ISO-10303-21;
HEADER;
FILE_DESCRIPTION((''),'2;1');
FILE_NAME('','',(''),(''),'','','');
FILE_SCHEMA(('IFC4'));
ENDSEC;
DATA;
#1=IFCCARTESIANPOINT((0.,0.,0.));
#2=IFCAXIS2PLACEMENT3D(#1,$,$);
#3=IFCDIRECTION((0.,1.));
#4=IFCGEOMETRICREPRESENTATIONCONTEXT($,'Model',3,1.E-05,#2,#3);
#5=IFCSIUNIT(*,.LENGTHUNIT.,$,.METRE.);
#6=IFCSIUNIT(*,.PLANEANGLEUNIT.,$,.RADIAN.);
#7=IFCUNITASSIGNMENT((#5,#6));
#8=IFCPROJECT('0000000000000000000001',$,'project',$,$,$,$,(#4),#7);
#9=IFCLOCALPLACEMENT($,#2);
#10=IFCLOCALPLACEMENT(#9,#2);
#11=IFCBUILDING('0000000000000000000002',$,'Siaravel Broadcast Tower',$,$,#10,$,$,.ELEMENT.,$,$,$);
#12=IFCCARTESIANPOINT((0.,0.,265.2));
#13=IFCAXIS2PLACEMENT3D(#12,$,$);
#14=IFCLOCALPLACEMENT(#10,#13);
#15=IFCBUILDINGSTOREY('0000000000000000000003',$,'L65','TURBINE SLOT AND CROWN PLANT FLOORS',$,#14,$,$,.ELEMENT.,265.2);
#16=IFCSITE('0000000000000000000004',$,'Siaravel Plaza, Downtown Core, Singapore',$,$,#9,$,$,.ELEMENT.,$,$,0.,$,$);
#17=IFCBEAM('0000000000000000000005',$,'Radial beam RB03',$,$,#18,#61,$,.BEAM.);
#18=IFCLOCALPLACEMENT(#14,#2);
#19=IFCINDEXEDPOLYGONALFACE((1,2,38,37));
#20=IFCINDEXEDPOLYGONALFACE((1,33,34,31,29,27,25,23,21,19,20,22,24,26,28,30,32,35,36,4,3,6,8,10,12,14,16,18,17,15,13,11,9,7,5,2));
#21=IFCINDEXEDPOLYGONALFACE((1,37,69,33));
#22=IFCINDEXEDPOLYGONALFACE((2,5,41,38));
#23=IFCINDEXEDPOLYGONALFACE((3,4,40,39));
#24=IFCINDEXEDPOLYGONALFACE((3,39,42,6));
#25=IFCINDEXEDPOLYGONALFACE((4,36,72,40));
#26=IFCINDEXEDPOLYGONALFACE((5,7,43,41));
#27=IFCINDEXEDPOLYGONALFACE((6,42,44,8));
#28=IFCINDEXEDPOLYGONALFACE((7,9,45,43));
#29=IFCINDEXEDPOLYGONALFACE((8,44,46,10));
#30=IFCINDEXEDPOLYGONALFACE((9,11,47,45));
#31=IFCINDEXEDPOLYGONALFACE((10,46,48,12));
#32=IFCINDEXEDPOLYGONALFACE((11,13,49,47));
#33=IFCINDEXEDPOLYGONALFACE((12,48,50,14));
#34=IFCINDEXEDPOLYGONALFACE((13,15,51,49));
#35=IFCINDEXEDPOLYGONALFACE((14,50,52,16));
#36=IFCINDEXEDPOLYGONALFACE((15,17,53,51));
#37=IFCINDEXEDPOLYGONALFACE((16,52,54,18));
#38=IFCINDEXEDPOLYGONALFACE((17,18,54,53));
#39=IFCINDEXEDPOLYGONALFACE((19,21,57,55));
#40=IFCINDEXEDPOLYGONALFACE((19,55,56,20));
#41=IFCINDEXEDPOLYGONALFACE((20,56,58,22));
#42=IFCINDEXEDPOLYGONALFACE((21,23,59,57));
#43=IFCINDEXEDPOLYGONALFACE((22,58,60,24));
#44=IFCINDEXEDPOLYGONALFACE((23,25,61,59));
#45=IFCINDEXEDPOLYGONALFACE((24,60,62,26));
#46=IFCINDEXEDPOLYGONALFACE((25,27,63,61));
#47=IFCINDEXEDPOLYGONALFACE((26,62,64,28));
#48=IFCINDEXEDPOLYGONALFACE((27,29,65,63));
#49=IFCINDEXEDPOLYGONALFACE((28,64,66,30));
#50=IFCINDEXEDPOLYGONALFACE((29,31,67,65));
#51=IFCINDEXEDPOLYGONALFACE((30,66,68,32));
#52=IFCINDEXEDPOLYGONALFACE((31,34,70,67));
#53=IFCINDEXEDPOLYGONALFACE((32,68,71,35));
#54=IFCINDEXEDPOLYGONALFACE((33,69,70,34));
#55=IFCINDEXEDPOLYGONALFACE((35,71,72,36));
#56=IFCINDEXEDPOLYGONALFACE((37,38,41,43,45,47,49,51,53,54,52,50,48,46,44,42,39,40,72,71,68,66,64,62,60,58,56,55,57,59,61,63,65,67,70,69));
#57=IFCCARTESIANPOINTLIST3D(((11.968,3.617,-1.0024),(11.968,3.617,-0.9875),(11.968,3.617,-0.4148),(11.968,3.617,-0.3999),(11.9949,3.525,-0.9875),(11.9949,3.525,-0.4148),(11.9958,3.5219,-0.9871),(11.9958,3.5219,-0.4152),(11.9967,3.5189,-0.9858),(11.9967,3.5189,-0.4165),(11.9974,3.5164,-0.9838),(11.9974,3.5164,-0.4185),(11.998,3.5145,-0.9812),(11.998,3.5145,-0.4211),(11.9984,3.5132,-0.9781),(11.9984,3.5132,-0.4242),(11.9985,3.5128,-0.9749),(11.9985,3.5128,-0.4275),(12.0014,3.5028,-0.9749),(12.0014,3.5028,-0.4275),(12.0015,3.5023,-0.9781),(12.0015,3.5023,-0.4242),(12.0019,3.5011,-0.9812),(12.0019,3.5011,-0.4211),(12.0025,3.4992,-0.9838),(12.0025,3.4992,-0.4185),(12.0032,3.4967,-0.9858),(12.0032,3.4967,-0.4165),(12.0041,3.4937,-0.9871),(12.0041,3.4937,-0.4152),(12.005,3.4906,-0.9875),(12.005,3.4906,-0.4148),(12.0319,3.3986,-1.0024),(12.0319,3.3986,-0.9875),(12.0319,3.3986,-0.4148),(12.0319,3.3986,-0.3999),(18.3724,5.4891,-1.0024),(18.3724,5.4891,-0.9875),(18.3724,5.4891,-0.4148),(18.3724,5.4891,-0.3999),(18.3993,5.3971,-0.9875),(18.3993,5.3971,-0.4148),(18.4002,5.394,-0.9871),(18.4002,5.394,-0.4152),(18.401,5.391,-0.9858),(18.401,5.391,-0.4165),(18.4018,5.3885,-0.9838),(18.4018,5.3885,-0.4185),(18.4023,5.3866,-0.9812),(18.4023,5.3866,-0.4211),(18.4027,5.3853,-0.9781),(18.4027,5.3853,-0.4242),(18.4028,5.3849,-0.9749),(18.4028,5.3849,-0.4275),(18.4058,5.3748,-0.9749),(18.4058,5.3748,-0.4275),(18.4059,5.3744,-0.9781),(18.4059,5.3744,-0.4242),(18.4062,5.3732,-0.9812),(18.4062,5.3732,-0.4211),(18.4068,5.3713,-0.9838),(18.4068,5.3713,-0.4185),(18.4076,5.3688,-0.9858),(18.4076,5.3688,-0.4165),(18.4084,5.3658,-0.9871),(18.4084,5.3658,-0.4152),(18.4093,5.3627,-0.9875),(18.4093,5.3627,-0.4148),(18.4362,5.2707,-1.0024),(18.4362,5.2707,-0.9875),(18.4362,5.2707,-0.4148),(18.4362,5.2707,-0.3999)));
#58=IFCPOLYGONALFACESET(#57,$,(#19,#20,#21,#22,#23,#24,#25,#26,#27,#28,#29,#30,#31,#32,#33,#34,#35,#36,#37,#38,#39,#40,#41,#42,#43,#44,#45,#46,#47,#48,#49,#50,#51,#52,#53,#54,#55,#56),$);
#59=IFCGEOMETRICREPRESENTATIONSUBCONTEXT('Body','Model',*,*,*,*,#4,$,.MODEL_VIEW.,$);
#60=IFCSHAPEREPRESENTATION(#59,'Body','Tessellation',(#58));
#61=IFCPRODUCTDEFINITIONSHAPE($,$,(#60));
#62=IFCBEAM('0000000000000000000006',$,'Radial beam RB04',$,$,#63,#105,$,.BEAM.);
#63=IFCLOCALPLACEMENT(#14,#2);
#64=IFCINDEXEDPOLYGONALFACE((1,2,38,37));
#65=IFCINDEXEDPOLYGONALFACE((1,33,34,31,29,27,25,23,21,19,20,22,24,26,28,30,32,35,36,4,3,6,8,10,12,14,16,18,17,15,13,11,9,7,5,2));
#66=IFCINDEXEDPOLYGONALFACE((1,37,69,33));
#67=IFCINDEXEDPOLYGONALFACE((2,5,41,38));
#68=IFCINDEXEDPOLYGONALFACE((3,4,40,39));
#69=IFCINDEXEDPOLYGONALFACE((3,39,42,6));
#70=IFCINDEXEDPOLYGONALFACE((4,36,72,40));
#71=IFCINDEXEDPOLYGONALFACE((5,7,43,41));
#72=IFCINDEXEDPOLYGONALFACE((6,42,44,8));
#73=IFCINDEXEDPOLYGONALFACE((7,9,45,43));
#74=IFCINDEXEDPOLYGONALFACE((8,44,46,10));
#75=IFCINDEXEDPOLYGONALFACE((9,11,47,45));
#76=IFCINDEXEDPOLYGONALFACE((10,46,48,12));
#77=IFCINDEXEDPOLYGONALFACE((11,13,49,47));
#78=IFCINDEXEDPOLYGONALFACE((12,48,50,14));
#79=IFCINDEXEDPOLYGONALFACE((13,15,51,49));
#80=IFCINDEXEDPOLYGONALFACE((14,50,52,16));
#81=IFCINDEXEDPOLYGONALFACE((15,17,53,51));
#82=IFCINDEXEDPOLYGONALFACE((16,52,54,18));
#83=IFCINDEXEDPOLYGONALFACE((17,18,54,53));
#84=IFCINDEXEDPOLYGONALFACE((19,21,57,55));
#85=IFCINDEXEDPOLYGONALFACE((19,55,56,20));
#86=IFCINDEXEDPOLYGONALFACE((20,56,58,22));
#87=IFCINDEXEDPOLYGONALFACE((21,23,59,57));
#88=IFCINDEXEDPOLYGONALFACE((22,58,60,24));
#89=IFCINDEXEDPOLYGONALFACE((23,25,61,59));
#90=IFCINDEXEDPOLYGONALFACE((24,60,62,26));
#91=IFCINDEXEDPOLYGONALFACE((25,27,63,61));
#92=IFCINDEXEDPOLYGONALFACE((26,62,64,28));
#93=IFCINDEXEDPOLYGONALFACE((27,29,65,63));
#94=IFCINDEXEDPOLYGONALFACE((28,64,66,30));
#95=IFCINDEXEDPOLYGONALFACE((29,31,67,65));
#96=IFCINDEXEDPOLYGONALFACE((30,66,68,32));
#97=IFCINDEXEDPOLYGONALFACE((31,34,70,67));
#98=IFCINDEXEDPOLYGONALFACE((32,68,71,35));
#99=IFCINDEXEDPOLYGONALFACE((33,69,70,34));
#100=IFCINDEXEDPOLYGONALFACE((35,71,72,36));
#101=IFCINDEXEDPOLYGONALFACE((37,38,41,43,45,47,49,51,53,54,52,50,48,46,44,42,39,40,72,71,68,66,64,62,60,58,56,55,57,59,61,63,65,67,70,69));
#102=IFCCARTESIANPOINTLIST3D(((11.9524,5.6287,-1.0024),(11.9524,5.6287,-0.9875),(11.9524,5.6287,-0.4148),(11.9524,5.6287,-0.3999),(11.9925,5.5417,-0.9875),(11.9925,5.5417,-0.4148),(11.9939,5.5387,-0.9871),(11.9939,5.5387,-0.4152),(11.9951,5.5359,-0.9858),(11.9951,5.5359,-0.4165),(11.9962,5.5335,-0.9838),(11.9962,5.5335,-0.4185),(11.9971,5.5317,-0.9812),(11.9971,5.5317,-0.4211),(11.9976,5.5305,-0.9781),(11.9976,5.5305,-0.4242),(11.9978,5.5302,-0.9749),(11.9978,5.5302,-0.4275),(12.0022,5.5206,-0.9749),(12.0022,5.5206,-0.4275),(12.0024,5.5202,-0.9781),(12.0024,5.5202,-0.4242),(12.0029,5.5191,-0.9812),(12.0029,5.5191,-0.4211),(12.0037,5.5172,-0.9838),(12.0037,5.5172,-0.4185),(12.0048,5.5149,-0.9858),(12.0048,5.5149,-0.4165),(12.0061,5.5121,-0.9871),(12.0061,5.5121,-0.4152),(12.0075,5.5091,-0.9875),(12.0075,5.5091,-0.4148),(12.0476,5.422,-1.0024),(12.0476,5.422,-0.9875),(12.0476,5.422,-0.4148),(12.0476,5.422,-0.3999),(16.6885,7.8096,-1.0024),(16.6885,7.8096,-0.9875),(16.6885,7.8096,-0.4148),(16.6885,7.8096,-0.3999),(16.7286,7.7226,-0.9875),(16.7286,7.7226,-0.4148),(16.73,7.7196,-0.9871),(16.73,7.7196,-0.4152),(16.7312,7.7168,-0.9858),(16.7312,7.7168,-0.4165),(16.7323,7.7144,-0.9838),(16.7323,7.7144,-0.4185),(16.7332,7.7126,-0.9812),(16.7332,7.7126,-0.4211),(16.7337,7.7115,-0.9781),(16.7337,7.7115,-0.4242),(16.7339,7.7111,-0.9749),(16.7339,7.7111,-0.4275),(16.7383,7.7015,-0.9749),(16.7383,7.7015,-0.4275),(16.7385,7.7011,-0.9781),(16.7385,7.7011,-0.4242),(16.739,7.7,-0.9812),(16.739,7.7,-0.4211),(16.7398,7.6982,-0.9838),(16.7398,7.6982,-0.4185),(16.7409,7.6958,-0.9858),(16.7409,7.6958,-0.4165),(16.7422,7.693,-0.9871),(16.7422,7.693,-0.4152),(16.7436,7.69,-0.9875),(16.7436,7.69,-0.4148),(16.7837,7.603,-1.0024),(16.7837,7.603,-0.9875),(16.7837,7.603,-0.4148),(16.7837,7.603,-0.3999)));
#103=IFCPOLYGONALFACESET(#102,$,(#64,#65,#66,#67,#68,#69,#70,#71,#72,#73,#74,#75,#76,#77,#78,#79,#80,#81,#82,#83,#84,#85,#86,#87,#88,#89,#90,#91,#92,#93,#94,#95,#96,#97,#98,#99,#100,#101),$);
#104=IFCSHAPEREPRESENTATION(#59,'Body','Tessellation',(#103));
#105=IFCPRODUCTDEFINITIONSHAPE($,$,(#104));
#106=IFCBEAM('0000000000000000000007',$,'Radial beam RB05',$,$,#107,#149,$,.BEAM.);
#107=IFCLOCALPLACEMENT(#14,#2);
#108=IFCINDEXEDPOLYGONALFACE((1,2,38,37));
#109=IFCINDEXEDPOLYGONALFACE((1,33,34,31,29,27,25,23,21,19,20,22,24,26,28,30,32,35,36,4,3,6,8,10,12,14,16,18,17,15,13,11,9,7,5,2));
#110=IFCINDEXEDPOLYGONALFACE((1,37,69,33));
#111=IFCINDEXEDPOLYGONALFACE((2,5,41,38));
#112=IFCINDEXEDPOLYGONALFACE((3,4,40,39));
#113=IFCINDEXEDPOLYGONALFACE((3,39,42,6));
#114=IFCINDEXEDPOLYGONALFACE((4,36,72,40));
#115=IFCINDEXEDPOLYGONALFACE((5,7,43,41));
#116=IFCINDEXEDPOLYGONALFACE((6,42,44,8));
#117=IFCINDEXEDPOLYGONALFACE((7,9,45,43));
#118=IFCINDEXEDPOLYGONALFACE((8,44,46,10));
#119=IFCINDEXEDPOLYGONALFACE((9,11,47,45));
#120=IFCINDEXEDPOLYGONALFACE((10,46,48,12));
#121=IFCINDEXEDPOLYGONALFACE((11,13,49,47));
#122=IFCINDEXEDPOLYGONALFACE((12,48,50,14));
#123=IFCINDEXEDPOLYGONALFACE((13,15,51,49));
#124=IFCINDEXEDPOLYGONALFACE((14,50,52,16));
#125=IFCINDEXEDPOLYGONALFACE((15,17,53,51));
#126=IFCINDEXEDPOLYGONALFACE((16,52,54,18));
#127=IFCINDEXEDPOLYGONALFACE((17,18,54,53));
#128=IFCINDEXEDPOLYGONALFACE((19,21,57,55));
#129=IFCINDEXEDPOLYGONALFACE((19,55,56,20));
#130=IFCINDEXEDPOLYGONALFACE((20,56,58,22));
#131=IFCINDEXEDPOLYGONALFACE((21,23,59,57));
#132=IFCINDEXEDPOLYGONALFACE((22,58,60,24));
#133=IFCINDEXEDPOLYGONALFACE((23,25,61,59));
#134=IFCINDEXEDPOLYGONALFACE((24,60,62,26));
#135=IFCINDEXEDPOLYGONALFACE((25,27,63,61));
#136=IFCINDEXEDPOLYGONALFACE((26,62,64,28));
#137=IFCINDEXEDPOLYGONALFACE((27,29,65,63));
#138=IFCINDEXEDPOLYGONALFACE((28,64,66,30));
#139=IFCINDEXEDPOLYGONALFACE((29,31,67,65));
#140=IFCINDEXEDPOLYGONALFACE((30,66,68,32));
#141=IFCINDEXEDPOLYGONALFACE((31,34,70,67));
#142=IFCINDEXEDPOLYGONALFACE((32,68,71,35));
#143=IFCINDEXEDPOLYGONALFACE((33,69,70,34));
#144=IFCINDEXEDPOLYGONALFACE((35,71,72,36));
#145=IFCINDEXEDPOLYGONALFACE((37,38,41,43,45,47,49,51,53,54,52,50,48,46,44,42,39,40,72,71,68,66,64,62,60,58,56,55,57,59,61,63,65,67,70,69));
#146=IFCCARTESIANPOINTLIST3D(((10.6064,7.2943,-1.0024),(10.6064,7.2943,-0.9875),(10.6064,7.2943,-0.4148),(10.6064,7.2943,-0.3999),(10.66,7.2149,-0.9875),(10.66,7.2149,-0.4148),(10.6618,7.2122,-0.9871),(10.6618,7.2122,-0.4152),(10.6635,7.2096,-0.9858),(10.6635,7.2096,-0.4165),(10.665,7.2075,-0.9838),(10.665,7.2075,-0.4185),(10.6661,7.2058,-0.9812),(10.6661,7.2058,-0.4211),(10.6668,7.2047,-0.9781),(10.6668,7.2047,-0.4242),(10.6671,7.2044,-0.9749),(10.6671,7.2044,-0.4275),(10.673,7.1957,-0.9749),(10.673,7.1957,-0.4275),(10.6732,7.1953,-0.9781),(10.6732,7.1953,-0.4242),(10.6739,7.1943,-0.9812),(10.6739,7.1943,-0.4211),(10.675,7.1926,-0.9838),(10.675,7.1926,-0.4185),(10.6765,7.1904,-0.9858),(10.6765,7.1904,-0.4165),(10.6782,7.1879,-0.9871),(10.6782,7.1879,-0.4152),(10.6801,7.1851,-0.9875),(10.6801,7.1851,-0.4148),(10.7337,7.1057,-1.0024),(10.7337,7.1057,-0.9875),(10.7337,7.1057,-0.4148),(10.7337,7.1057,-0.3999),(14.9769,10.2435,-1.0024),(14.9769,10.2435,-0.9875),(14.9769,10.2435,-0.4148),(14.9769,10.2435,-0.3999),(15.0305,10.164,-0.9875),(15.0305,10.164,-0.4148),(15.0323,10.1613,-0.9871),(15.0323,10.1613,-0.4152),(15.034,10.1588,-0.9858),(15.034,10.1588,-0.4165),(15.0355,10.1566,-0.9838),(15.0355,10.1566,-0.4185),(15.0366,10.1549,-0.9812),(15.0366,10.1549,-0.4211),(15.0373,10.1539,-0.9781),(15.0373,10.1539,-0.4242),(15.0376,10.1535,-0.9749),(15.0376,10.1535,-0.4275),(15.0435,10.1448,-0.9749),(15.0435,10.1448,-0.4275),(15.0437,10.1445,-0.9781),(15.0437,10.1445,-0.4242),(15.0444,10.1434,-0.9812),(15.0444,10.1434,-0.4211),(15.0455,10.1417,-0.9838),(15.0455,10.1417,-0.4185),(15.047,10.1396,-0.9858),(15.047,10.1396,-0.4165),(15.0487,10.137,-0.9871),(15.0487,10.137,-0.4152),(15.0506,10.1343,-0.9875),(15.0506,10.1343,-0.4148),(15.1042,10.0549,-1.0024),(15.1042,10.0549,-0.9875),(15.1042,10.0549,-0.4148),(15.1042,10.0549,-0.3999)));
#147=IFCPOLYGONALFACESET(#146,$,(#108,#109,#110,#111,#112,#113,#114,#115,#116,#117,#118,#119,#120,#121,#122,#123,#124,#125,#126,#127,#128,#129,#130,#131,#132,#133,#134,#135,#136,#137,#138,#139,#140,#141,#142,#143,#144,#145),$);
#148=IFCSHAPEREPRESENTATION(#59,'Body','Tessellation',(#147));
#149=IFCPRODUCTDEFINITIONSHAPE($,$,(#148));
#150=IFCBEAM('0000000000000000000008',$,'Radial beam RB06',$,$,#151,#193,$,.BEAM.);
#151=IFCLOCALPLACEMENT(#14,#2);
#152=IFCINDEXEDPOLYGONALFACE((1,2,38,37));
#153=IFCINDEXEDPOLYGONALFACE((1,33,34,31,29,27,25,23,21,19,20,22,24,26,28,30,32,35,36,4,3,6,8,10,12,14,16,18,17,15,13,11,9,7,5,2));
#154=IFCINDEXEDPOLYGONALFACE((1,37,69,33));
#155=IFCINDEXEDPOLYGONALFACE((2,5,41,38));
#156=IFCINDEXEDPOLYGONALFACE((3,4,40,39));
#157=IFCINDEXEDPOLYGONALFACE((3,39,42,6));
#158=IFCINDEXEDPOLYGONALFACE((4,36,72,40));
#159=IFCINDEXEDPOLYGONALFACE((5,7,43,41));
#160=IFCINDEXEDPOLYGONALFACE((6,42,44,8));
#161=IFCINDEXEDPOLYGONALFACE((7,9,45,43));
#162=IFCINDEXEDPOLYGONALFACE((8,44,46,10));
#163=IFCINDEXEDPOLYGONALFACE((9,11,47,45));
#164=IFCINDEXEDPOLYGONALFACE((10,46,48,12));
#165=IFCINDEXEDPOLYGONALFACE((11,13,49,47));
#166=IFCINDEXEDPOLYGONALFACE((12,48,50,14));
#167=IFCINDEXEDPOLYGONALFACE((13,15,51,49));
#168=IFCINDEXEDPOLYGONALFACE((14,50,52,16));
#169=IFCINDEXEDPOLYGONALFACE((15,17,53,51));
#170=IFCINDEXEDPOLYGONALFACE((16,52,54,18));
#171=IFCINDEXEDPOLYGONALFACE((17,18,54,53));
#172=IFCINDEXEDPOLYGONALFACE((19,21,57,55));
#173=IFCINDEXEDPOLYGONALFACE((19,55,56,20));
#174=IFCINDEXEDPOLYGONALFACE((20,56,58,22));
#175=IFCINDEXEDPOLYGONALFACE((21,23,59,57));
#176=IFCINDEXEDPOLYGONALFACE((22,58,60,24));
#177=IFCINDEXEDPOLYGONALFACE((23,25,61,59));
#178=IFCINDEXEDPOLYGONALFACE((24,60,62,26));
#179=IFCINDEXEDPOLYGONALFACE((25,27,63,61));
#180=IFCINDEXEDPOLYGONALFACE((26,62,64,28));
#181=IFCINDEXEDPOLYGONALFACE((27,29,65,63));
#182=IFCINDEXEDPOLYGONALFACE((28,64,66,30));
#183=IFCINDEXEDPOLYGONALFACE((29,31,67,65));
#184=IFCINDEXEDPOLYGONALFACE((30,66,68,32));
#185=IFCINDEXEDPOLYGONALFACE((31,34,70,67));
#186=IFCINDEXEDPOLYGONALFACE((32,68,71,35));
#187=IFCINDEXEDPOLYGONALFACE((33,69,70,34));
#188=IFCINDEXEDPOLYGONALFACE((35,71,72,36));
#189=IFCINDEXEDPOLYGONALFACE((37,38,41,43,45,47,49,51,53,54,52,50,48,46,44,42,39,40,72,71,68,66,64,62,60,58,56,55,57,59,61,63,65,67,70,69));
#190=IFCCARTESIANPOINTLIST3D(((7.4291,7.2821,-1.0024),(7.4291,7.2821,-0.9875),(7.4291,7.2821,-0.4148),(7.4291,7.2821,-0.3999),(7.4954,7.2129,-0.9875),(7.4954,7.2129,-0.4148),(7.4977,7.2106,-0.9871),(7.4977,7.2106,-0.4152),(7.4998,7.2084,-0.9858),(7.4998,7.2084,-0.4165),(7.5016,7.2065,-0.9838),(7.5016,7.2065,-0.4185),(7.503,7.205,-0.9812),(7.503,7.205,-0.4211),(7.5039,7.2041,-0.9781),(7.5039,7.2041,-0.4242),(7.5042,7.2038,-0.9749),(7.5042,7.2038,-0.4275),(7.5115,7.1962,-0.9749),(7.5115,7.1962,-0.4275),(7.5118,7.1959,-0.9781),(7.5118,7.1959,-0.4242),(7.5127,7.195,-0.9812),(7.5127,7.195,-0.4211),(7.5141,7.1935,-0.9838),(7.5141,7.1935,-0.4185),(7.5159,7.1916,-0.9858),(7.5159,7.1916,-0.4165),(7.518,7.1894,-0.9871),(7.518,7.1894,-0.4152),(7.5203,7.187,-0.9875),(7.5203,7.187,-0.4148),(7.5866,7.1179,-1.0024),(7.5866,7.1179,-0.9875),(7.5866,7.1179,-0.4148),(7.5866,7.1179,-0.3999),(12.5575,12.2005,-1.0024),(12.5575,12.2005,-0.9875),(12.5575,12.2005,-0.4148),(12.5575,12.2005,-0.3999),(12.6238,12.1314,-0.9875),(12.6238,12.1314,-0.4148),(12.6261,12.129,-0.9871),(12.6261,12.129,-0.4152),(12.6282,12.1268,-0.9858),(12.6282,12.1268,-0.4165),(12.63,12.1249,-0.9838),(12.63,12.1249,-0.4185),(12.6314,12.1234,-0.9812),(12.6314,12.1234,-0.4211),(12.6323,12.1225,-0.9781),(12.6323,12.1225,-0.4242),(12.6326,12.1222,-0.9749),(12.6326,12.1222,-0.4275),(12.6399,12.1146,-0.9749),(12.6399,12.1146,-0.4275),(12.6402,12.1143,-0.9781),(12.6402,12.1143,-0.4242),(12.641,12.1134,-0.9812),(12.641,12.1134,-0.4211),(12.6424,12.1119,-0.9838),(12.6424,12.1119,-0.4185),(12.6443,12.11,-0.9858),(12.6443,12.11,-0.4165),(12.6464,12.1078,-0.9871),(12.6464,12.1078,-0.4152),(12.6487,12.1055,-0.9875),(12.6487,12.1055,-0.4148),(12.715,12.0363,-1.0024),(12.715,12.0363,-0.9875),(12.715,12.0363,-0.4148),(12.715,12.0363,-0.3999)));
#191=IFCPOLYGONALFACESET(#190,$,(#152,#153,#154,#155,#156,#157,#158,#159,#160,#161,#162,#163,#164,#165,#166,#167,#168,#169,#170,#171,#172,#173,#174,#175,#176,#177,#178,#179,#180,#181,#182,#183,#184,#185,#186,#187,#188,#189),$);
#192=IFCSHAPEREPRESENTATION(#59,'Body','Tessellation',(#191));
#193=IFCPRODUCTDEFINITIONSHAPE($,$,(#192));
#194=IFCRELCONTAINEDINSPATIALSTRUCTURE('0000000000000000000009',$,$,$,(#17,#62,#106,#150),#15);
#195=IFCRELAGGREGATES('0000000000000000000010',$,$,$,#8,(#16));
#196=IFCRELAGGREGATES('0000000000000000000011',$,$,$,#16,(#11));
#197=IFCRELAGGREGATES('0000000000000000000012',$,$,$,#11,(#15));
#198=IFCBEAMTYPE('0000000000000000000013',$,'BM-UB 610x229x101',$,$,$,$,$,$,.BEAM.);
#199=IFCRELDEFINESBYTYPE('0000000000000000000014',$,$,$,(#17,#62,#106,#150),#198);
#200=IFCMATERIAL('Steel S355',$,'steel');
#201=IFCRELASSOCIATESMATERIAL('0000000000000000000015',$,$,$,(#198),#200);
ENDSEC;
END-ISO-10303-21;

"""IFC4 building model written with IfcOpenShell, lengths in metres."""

from ifc_helpers import new_model, si_unit, direction, frame, origin, origin_2d, place, context, subcontext, project, spatial, i_section, extrude, material, material_profile, profile_set, type_object, element, save


model = new_model("IFC4")

# Units and contexts
model_context = context("Model", 3, precision=1e-05, world=origin(), true_north=direction((0.0, 1.0)))
body_context = subcontext(model_context, "Body", "Model", "MODEL_VIEW")
ifc_project = project(units=[si_unit("LENGTHUNIT", "METRE"), si_unit("PLANEANGLEUNIT", "RADIAN")], contexts=[model_context])

# Site, building, storey
site_placement = place(None, origin())
site = spatial("IfcSite", under=ifc_project, at=site_placement, Name="Siaravel Plaza, Downtown Core, Singapore", CompositionType="ELEMENT", RefElevation=0.0)
building_placement = place(site_placement, origin())
building = spatial("IfcBuilding", under=site, at=building_placement, Name="Siaravel Broadcast Tower", CompositionType="ELEMENT")
storey_placement = place(building_placement, frame((0.0, 0.0, 265.2)))
storey = spatial("IfcBuildingStorey", under=building, at=storey_placement, Name="L65", Description="TURBINE SLOT AND CROWN PLANT FLOORS", CompositionType="ELEMENT", Elevation=265.2)

# Beams
ifc_material_1 = material(Name="Steel S355", Category="steel")
ifc_material_profile_1 = material_profile(ifc_material_1, i_section(OverallWidth=0.2275, OverallDepth=0.6025, WebThickness=0.0105, FlangeThickness=0.0149, FilletRadius=0.0127, at=origin_2d()))
ifc_profile_set_1 = profile_set([ifc_material_profile_1], Name="Steel S355")
beam_type_1 = type_object("IfcBeamType", Name="BM-UB 610x229x101", PredefinedType="BEAM", material=ifc_profile_set_1)
beam_1_placement = place(storey_placement, frame((18.4043, 5.3799, -0.7012), z_axis=(-0.959833, -0.280573, 0.0), x_axis=(0.280573, -0.959833, 0.0)))
element("IfcBeam", 1, at=beam_1_placement, inside=storey, type_object=beam_type_1, Name="Radial beam RB03", PredefinedType="BEAM", context=body_context, shape_type="SweptSolid", body=[
    extrude(i_section(OverallWidth=0.2275, OverallDepth=0.6025, WebThickness=0.0105, FlangeThickness=0.0149, FilletRadius=0.0127, at=origin_2d()), origin(), (0.0, 0.0, 1.0), 6.6724),
])
beam_2_placement = place(storey_placement, frame((16.7361, 7.7063, -0.7012), z_axis=(-0.908322, -0.418271, 0.0), x_axis=(0.418271, -0.908322, 0.0)))
element("IfcBeam", 2, at=beam_2_placement, inside=storey, type_object=beam_type_1, Name="Radial beam RB04", PredefinedType="BEAM", context=body_context, shape_type="SweptSolid", body=[
    extrude(i_section(OverallWidth=0.2275, OverallDepth=0.6025, WebThickness=0.0105, FlangeThickness=0.0149, FilletRadius=0.0127, at=origin_2d()), origin(), (0.0, 0.0, 1.0), 5.2141),
])
beam_3_placement = place(storey_placement, frame((15.0405, 10.1492, -0.7012), z_axis=(-0.828931, -0.55935, 0.0), x_axis=(0.55935, -0.828931, 0.0)))
element("IfcBeam", 3, at=beam_3_placement, inside=storey, type_object=beam_type_1, Name="Radial beam RB05", PredefinedType="BEAM", context=body_context, shape_type="SweptSolid", body=[
    extrude(i_section(OverallWidth=0.2275, OverallDepth=0.6025, WebThickness=0.0105, FlangeThickness=0.0149, FilletRadius=0.0127, at=origin_2d()), origin(), (0.0, 0.0, 1.0), 5.2725),
])
beam_4_placement = place(storey_placement, frame((12.6362, 12.1184, -0.7012), z_axis=(-0.721726, -0.692178, 0.0), x_axis=(0.692178, -0.721726, 0.0)))
element("IfcBeam", 4, at=beam_4_placement, inside=storey, type_object=beam_type_1, Name="Radial beam RB06", PredefinedType="BEAM", context=body_context, shape_type="SweptSolid", body=[
    extrude(i_section(OverallWidth=0.2275, OverallDepth=0.6025, WebThickness=0.0105, FlangeThickness=0.0149, FilletRadius=0.0127, at=origin_2d()), origin(), (0.0, 0.0, 1.0), 7.1057),
])

save(model, "model.ifc")
